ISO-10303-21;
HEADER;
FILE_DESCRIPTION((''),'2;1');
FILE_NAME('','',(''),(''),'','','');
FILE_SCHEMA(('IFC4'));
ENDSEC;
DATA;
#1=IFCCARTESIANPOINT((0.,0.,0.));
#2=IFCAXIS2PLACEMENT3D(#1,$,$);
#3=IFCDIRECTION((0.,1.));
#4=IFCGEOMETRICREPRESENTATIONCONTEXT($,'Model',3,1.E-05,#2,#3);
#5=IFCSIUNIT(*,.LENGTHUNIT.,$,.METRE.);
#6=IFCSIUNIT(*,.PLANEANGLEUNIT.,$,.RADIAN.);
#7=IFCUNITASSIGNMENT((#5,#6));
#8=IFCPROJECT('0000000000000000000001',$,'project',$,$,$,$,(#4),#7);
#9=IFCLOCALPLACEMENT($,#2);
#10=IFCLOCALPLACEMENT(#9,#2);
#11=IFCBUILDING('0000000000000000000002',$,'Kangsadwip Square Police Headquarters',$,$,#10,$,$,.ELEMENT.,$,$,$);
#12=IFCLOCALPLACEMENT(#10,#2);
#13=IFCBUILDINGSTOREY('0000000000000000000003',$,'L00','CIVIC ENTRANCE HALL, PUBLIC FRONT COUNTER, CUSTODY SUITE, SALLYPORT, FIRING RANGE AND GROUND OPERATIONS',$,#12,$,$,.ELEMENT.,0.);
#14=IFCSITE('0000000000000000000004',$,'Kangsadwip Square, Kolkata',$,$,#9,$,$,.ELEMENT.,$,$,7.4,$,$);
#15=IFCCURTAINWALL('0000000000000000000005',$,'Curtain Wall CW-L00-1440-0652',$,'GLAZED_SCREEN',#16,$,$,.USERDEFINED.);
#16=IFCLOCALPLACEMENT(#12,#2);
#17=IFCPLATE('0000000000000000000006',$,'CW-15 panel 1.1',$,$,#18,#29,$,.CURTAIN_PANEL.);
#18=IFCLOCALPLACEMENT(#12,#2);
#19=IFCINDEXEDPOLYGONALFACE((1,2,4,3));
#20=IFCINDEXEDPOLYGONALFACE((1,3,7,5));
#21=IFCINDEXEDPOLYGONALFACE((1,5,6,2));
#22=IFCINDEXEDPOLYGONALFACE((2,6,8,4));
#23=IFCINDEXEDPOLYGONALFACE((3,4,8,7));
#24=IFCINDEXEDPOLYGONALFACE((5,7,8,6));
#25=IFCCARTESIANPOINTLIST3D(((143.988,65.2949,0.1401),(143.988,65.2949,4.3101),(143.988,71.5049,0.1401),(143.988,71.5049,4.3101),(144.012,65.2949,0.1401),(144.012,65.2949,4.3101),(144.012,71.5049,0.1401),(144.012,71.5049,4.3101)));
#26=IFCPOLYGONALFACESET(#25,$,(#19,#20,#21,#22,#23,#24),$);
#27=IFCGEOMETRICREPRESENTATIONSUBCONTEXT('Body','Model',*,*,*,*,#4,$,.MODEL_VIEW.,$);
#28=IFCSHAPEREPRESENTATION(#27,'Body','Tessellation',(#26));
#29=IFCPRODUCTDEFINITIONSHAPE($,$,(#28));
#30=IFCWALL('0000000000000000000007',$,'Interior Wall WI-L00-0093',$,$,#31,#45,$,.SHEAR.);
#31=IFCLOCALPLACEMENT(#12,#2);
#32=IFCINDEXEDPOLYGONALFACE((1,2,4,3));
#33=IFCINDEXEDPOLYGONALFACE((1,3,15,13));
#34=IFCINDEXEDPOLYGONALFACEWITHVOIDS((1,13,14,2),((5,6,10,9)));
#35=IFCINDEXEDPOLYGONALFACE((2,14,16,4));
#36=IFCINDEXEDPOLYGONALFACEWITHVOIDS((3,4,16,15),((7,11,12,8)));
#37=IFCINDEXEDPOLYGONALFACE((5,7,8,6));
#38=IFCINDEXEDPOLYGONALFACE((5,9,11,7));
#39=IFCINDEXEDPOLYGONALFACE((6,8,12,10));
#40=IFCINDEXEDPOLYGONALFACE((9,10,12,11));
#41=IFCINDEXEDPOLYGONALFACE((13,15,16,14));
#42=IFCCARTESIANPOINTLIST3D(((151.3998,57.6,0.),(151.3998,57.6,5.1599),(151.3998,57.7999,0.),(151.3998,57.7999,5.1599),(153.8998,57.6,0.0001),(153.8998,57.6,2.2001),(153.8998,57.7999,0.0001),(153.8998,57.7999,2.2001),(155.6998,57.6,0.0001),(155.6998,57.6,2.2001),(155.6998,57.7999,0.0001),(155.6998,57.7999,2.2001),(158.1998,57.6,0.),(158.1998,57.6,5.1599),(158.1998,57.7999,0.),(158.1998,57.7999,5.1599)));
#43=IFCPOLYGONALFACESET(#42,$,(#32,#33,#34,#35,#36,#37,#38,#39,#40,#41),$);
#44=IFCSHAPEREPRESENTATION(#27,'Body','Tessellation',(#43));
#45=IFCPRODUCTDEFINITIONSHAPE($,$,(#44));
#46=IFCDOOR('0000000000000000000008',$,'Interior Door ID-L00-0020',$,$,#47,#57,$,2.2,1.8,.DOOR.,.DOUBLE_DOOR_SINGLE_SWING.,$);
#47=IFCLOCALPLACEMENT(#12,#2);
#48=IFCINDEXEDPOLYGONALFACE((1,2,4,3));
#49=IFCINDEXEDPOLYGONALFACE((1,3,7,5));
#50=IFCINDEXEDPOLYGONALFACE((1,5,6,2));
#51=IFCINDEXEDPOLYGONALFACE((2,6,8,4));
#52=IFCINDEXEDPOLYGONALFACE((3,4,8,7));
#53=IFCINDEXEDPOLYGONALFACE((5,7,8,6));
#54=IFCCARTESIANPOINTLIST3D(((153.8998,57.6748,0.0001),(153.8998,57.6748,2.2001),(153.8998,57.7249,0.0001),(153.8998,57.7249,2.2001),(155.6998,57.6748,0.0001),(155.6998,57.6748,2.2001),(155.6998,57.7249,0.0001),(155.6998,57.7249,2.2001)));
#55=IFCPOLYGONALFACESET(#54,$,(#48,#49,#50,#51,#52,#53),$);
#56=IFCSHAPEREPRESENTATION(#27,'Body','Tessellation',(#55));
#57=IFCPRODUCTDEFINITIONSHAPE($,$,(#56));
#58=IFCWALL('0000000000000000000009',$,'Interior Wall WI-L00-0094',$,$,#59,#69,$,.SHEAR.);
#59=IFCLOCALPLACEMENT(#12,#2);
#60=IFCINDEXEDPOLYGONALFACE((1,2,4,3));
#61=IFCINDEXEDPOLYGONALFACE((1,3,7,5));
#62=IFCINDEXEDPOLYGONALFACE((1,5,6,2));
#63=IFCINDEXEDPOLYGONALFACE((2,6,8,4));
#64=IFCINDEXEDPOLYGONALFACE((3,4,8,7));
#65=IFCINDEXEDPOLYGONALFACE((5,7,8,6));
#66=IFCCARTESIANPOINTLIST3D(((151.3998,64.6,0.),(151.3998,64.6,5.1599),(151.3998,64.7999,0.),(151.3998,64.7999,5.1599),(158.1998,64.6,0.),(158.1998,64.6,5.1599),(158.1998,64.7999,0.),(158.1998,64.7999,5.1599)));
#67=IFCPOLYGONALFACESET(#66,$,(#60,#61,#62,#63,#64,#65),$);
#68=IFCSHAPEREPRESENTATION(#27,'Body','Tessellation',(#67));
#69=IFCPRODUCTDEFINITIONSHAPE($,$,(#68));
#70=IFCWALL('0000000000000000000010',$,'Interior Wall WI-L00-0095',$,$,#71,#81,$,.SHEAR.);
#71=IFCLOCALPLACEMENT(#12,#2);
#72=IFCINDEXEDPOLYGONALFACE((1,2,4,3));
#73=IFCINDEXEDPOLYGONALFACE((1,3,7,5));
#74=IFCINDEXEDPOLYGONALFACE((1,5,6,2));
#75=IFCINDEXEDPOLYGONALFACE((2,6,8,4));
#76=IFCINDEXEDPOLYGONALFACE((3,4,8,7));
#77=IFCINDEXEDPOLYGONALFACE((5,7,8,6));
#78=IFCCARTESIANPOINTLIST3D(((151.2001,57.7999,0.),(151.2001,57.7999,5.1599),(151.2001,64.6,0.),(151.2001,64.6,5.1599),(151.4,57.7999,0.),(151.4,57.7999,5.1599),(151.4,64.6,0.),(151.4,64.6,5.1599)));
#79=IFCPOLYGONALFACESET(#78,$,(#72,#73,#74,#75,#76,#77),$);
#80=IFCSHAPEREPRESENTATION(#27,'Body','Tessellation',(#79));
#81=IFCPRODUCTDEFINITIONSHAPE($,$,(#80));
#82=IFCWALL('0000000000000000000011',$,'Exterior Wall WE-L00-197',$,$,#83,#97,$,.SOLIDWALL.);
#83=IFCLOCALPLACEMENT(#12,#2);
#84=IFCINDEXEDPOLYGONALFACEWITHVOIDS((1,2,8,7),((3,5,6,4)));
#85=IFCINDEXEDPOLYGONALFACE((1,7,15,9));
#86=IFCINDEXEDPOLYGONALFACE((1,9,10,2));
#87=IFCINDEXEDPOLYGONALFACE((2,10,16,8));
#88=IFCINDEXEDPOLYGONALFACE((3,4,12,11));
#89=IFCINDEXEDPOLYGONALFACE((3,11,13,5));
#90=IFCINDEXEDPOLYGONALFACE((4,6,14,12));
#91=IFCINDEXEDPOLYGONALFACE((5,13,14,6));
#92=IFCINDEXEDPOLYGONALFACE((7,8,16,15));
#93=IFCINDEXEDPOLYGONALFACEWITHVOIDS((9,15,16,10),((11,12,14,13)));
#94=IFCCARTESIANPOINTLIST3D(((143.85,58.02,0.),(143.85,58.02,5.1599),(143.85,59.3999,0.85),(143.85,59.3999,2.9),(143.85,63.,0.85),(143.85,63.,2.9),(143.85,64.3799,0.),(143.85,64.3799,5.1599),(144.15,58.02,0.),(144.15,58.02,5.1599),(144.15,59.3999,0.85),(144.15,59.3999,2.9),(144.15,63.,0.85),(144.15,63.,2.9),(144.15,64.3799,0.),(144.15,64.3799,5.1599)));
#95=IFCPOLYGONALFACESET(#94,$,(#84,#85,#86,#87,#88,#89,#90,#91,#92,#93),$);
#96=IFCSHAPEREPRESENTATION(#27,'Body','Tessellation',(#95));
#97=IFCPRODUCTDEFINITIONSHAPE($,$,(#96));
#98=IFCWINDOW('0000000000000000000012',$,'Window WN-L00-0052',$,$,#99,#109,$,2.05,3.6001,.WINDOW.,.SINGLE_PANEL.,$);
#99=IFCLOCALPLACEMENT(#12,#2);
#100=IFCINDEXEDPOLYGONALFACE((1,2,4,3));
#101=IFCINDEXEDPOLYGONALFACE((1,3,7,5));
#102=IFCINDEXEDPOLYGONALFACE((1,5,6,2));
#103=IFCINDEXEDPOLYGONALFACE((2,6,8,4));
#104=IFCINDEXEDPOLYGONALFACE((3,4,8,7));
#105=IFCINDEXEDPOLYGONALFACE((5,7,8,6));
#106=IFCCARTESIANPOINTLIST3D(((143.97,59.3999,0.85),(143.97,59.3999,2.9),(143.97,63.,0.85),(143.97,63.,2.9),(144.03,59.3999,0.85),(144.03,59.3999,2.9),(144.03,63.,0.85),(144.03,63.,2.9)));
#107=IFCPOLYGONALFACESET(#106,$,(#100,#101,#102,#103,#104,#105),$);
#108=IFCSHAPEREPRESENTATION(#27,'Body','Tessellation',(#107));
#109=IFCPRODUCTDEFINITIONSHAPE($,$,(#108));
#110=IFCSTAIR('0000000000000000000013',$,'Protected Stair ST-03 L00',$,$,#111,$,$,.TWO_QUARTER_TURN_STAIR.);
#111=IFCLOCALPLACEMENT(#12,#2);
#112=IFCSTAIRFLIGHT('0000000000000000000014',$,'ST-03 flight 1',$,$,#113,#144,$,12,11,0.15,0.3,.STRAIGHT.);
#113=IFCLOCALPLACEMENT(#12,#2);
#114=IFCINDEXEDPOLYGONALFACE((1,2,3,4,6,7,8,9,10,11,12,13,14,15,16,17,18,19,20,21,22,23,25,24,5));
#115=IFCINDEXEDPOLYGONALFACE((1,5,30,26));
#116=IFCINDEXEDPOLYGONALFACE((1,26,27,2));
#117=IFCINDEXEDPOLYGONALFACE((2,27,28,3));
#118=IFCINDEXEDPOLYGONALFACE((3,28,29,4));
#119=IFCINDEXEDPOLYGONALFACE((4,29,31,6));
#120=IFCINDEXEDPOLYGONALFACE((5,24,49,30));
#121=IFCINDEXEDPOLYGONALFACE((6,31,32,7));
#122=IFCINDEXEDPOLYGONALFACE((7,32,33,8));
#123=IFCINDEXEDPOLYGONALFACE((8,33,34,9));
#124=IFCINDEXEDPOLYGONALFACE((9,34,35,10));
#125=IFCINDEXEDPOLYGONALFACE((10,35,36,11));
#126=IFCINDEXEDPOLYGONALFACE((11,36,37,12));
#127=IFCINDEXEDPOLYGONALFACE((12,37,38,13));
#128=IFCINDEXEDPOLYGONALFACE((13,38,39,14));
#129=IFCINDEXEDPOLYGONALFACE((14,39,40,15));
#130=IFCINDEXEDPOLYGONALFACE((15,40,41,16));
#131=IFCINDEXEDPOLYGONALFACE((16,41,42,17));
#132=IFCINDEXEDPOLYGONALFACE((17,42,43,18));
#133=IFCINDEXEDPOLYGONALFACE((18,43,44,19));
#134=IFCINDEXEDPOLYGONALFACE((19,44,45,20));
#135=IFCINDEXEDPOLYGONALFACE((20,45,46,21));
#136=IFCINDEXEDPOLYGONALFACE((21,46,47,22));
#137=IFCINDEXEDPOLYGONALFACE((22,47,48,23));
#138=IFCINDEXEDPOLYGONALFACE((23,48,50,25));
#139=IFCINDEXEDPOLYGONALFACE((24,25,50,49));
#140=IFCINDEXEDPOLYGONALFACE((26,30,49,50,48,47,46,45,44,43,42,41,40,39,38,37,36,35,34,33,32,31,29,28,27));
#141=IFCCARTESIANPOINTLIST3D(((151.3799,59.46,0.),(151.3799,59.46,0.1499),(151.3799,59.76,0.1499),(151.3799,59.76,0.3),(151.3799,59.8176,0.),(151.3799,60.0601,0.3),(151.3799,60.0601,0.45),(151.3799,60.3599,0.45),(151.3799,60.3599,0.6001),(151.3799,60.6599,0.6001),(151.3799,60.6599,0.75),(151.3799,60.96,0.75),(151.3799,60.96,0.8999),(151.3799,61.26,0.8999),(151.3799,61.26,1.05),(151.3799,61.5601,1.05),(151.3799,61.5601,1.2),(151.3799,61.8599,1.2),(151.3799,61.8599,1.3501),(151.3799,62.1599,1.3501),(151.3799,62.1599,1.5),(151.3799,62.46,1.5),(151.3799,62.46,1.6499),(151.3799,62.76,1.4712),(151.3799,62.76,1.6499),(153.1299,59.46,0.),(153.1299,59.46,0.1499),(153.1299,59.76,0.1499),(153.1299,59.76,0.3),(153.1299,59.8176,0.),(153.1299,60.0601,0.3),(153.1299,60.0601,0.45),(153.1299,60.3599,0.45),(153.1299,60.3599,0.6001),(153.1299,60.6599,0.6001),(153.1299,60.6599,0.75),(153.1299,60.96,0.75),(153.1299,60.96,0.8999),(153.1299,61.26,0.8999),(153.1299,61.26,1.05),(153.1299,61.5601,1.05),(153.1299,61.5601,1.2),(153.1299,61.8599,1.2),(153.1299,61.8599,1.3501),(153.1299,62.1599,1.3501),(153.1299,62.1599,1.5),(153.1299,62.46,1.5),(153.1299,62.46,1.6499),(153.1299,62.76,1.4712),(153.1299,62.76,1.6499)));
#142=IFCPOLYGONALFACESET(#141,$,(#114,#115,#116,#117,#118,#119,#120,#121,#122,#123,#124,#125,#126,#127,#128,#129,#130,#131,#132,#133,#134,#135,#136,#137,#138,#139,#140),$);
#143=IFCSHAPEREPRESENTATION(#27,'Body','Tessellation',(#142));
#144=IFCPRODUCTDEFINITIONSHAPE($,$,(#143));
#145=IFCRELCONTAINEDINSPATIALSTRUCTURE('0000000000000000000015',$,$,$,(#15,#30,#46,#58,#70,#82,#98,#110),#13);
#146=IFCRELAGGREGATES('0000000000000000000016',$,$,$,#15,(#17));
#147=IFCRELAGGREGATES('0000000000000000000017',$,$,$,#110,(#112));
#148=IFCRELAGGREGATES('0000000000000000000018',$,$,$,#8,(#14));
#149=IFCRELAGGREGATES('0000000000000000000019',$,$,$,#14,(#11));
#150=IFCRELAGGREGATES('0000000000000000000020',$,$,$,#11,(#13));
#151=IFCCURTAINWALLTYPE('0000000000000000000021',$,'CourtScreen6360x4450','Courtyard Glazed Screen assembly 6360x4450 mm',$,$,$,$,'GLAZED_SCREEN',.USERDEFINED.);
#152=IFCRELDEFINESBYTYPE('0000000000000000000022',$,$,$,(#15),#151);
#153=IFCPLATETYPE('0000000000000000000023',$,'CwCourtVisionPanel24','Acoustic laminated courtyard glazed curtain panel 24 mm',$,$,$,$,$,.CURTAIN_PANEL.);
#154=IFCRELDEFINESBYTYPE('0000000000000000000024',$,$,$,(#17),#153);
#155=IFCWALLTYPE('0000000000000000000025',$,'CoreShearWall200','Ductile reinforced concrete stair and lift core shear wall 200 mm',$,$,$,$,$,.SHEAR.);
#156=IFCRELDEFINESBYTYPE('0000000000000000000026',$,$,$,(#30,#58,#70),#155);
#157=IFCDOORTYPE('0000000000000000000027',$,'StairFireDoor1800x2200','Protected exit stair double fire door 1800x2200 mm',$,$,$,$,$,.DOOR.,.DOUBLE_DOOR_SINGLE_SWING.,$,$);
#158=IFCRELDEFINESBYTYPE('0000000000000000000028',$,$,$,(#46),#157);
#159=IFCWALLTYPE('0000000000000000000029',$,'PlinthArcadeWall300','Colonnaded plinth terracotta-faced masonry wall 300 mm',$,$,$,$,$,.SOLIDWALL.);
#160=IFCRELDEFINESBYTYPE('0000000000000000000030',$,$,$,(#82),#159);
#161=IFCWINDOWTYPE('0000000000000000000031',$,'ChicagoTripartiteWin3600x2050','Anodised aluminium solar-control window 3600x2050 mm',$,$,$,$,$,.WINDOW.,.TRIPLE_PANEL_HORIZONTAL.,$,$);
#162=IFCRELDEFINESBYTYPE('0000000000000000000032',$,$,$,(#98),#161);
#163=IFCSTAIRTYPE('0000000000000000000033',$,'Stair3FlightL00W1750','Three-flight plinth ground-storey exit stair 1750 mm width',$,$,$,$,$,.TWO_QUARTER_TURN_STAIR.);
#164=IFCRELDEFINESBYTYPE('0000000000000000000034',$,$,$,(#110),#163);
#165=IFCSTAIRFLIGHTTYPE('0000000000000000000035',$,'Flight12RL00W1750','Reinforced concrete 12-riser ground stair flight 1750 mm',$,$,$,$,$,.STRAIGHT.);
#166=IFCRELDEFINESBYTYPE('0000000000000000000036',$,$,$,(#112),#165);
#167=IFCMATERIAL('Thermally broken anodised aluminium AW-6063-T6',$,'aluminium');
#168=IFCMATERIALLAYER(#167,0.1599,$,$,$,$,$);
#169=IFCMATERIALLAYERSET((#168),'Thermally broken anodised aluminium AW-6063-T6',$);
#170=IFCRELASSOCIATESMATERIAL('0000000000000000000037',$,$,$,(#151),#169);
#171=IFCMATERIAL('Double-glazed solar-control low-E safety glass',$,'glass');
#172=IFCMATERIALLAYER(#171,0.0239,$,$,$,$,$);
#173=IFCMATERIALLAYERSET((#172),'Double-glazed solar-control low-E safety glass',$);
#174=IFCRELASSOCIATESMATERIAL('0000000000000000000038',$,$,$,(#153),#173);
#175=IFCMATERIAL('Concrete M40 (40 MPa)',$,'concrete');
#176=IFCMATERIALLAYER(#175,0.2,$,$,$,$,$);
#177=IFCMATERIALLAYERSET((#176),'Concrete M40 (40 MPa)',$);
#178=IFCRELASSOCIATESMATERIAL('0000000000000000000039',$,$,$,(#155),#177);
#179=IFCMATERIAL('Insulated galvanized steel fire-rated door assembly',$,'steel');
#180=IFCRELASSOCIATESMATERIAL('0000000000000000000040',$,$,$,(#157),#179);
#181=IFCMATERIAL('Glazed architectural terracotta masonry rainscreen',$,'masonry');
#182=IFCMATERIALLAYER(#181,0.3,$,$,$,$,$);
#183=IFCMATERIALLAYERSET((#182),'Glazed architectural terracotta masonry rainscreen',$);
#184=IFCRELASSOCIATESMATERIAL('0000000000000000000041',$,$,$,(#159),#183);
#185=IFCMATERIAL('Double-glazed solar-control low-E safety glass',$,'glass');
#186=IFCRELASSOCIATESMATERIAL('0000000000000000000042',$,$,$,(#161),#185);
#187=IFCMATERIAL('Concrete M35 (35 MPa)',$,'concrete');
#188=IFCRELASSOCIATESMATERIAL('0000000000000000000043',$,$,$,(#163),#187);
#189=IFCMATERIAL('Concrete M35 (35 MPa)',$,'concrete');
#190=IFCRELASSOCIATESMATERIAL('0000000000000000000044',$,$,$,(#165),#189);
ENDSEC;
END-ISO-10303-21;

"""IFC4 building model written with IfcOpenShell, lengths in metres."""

from ifc_helpers import new_model, si_unit, direction, frame, frame_2d, origin, origin_2d, place, context, subcontext, project, spatial, polyline, rectangle, outline, extrude, material, layer, layer_set, type_object, element, fill, aggregate, save


model = new_model("IFC4")

# Units and contexts
model_context = context("Model", 3, precision=1e-05, world=origin(), true_north=direction((0.0, 1.0)))
body_context = subcontext(model_context, "Body", "Model", "MODEL_VIEW")
ifc_project = project(units=[si_unit("LENGTHUNIT", "METRE"), si_unit("PLANEANGLEUNIT", "RADIAN")], contexts=[model_context])

# Site, building, storey
site_placement = place(None, origin())
site = spatial("IfcSite", under=ifc_project, at=site_placement, Name="Kangsadwip Square, Kolkata", CompositionType="ELEMENT", RefElevation=7.4)
building_placement = place(site_placement, origin())
building = spatial("IfcBuilding", under=site, at=building_placement, Name="Kangsadwip Square Police Headquarters", CompositionType="ELEMENT")
storey_placement = place(building_placement, origin())
storey = spatial("IfcBuildingStorey", under=building, at=storey_placement, Name="L00", Description="CIVIC ENTRANCE HALL, PUBLIC FRONT COUNTER, CUSTODY SUITE, SALLYPORT, FIRING RANGE AND GROUND OPERATIONS", CompositionType="ELEMENT", Elevation=0.0)

# Curtain wall
ifc_material_1 = material(Name="Thermally broken anodised aluminium AW-6063-T6", Category="aluminium")
ifc_layer_1 = layer(ifc_material_1, 0.1599)
ifc_layer_set_1 = layer_set([ifc_layer_1], Name="Thermally broken anodised aluminium AW-6063-T6")
curtain_wall_type = type_object("IfcCurtainWallType", Name="CourtScreen6360x4450", Description="Courtyard Glazed Screen assembly 6360x4450 mm", ElementType="GLAZED_SCREEN", PredefinedType="USERDEFINED", material=ifc_layer_set_1)
curtain_wall_placement = place(storey_placement, origin())
curtain_wall = element("IfcCurtainWall", 1, at=curtain_wall_placement, inside=storey, type_object=curtain_wall_type, Name="Curtain Wall CW-L00-1440-0652", ObjectType="GLAZED_SCREEN", PredefinedType="USERDEFINED")

# Plate
ifc_material_2 = material(Name="Double-glazed solar-control low-E safety glass", Category="glass")
ifc_layer_2 = layer(ifc_material_2, 0.0239)
ifc_layer_set_2 = layer_set([ifc_layer_2], Name="Double-glazed solar-control low-E safety glass")
plate_type = type_object("IfcPlateType", Name="CwCourtVisionPanel24", Description="Acoustic laminated courtyard glazed curtain panel 24 mm", PredefinedType="CURTAIN_PANEL", material=ifc_layer_set_2)
plate_placement = place(storey_placement, frame((144.0, 68.3999, 0.1401), z_axis=(0.0, 0.0, 1.0), x_axis=(0.0, 1.0, 0.0)))
plate = element("IfcPlate", 2, at=plate_placement, type_object=plate_type, Name="CW-15 panel 1.1", PredefinedType="CURTAIN_PANEL", context=body_context, shape_type="SweptSolid", body=[
    extrude(rectangle(XDim=6.21, YDim=0.0239, at=origin_2d()), origin(), (0.0, 0.0, 1.0), 4.1699),
])
aggregate(curtain_wall, [plate])

# Wall, opening, door
ifc_material_3 = material(Name="Concrete M40 (40 MPa)", Category="concrete")
ifc_layer_3 = layer(ifc_material_3, 0.2)
ifc_layer_set_3 = layer_set([ifc_layer_3], Name="Concrete M40 (40 MPa)")
wall_type_1 = type_object("IfcWallType", Name="CoreShearWall200", Description="Ductile reinforced concrete stair and lift core shear wall 200 mm", PredefinedType="SHEAR", material=ifc_layer_set_3)
wall_1_placement = place(storey_placement, frame((151.3999, 57.7, 0.0), z_axis=(0.0, 0.0, 1.0), x_axis=(1.0, 0.0, 0.0)))
wall_1 = element("IfcWall", 3, at=wall_1_placement, inside=storey, type_object=wall_type_1, Name="Interior Wall WI-L00-0093", PredefinedType="SHEAR", context=body_context, shape_type="SweptSolid", body=[
    extrude(rectangle(XDim=6.8, YDim=0.2, at=frame_2d((3.3999, 0.0))), origin(), (0.0, 0.0, 1.0), 5.1599),
])
opening_1_placement = place(wall_1_placement, frame((2.5, 0.0, 0.0)))
opening_1 = element("IfcOpeningElement", 4, at=opening_1_placement, cuts=wall_1, PredefinedType="OPENING", context=body_context, shape_type="SweptSolid", body=[
    extrude(rectangle(XDim=1.8, YDim=2.2, at=frame_2d((0.8999, 1.1001))), frame((0.0, 0.1099, 0.0), z_axis=(0.0, -1.0, 0.0), x_axis=(1.0, 0.0, 0.0)), (0.0, 0.0, 1.0), 0.22),
])
ifc_material_4 = material(Name="Insulated galvanized steel fire-rated door assembly", Category="steel")
door_type = type_object("IfcDoorType", Name="StairFireDoor1800x2200", Description="Protected exit stair double fire door 1800x2200 mm", OperationType="DOUBLE_DOOR_SINGLE_SWING", PredefinedType="DOOR", material=ifc_material_4)
door_placement = place(opening_1_placement, origin())
door = element("IfcDoor", 5, at=door_placement, inside=storey, type_object=door_type, Name="Interior Door ID-L00-0020", OperationType="DOUBLE_DOOR_SINGLE_SWING", OverallHeight=2.2, OverallWidth=1.8, PredefinedType="DOOR", context=body_context, shape_type="SweptSolid", body=[
    extrude(rectangle(XDim=1.8, YDim=2.2, at=frame_2d((0.8999, 1.1001))), frame((0.0, 0.0249, 0.0), z_axis=(0.0, -1.0, 0.0), x_axis=(1.0, 0.0, 0.0)), (0.0, 0.0, 1.0), 0.05),
])
fill(opening_1, door)

# Walls
for number, where, z_axis, x_axis, name in (
    (6, (151.3999, 64.7, 0.0), (0.0, 0.0, 1.0), (1.0, 0.0, 0.0), "Interior Wall WI-L00-0094"),
    (7, (151.3, 57.8, 0.0), (0.0, 0.0, 1.0), (0.0, 1.0, 0.0), "Interior Wall WI-L00-0095"),
):
    element("IfcWall", number, at=place(storey_placement, frame(where, z_axis=z_axis, x_axis=x_axis)), inside=storey, type_object=wall_type_1, Name=name, PredefinedType="SHEAR", context=body_context, shape_type="SweptSolid", body=[
        extrude(rectangle(XDim=6.8, YDim=0.2, at=frame_2d((3.3999, 0.0))), origin(), (0.0, 0.0, 1.0), 5.1599),
    ])

# Wall, opening, window
ifc_material_5 = material(Name="Glazed architectural terracotta masonry rainscreen", Category="masonry")
ifc_layer_4 = layer(ifc_material_5, 0.3)
ifc_layer_set_4 = layer_set([ifc_layer_4], Name="Glazed architectural terracotta masonry rainscreen")
wall_type_2 = type_object("IfcWallType", Name="PlinthArcadeWall300", Description="Colonnaded plinth terracotta-faced masonry wall 300 mm", PredefinedType="SOLIDWALL", material=ifc_layer_set_4)
wall_2_placement = place(storey_placement, frame((144.0, 58.02, 0.0), z_axis=(0.0, 0.0, 1.0), x_axis=(0.0, 1.0, 0.0)))
wall_2 = element("IfcWall", 8, at=wall_2_placement, inside=storey, type_object=wall_type_2, Name="Exterior Wall WE-L00-197", PredefinedType="SOLIDWALL", context=body_context, shape_type="SweptSolid", body=[
    extrude(rectangle(XDim=6.3599, YDim=0.3, at=frame_2d((3.1799, 0.0))), origin(), (0.0, 0.0, 1.0), 5.1599),
])
opening_2_placement = place(wall_2_placement, frame((1.3799, 0.0, 0.8501)))
opening_2 = element("IfcOpeningElement", 9, at=opening_2_placement, cuts=wall_2, PredefinedType="OPENING", context=body_context, shape_type="SweptSolid", body=[
    extrude(rectangle(XDim=3.6001, YDim=2.05, at=frame_2d((1.8, 1.0249))), frame((0.0, 0.1599, 0.0), z_axis=(0.0, -1.0, 0.0), x_axis=(1.0, 0.0, 0.0)), (0.0, 0.0, 1.0), 0.3201),
])
ifc_material_6 = material(Name="Double-glazed solar-control low-E safety glass", Category="glass")
window_type = type_object("IfcWindowType", Name="ChicagoTripartiteWin3600x2050", Description="Anodised aluminium solar-control window 3600x2050 mm", PartitioningType="TRIPLE_PANEL_HORIZONTAL", PredefinedType="WINDOW", material=ifc_material_6)
window_placement = place(opening_2_placement, origin())
window = element("IfcWindow", 10, at=window_placement, inside=storey, type_object=window_type, Name="Window WN-L00-0052", OverallHeight=2.05, OverallWidth=3.6001, PartitioningType="SINGLE_PANEL", PredefinedType="WINDOW", context=body_context, shape_type="SweptSolid", body=[
    extrude(rectangle(XDim=3.6001, YDim=2.05, at=frame_2d((1.8, 1.0249))), frame((0.0, 0.03, 0.0), z_axis=(0.0, -1.0, 0.0), x_axis=(1.0, 0.0, 0.0)), (0.0, 0.0, 1.0), 0.0601),
])
fill(opening_2, window)

# Stair, stair flight
ifc_material_7 = material(Name="Concrete M35 (35 MPa)", Category="concrete")
stair_type = type_object("IfcStairType", Name="Stair3FlightL00W1750", Description="Three-flight plinth ground-storey exit stair 1750 mm width", PredefinedType="TWO_QUARTER_TURN_STAIR", material=ifc_material_7)
stair_placement = place(storey_placement, origin())
stair = element("IfcStair", 11, at=stair_placement, inside=storey, type_object=stair_type, Name="Protected Stair ST-03 L00", PredefinedType="TWO_QUARTER_TURN_STAIR")
ifc_material_8 = material(Name="Concrete M35 (35 MPa)", Category="concrete")
stair_flight_type = type_object("IfcStairFlightType", Name="Flight12RL00W1750", Description="Reinforced concrete 12-riser ground stair flight 1750 mm", PredefinedType="STRAIGHT", material=ifc_material_8)
stair_flight_placement = place(storey_placement, frame((152.2549, 59.46, 0.0), z_axis=(0.0, 0.0, 1.0), x_axis=(0.0, 1.0, 0.0)))
stair_flight = element("IfcStairFlight", 12, at=stair_flight_placement, type_object=stair_flight_type, Name="ST-03 flight 1", NumberOfRisers=12, NumberOfTreads=11, PredefinedType="STRAIGHT", RiserHeight=0.15, TreadLength=0.3, context=body_context, shape_type="SweptSolid", body=[
    extrude(outline(polyline([(0.0, 0.0), (0.0, 0.1499), (0.3, 0.1499), (0.3, 0.3), (0.6001, 0.3), (0.6001, 0.45), (0.8999, 0.45), (0.8999, 0.6001), (1.2, 0.6001), (1.2, 0.75), (1.5, 0.75), (1.5, 0.8999), (1.8, 0.8999), (1.8, 1.05), (2.1001, 1.05), (2.1001, 1.2), (2.3999, 1.2), (2.3999, 1.3501), (2.7, 1.3501), (2.7, 1.5), (3.0, 1.5), (3.0, 1.6499), (3.3, 1.6499), (3.3, 1.8), (3.3, 1.4712), (0.3577, 0.0), (0.0, 0.0)])), frame((0.0, 0.875, 0.0), z_axis=(0.0, -1.0, 0.0), x_axis=(1.0, 0.0, 0.0)), (0.0, 0.0, 1.0), 1.75),
])
aggregate(stair, [stair_flight])

save(model, "model.ifc")
